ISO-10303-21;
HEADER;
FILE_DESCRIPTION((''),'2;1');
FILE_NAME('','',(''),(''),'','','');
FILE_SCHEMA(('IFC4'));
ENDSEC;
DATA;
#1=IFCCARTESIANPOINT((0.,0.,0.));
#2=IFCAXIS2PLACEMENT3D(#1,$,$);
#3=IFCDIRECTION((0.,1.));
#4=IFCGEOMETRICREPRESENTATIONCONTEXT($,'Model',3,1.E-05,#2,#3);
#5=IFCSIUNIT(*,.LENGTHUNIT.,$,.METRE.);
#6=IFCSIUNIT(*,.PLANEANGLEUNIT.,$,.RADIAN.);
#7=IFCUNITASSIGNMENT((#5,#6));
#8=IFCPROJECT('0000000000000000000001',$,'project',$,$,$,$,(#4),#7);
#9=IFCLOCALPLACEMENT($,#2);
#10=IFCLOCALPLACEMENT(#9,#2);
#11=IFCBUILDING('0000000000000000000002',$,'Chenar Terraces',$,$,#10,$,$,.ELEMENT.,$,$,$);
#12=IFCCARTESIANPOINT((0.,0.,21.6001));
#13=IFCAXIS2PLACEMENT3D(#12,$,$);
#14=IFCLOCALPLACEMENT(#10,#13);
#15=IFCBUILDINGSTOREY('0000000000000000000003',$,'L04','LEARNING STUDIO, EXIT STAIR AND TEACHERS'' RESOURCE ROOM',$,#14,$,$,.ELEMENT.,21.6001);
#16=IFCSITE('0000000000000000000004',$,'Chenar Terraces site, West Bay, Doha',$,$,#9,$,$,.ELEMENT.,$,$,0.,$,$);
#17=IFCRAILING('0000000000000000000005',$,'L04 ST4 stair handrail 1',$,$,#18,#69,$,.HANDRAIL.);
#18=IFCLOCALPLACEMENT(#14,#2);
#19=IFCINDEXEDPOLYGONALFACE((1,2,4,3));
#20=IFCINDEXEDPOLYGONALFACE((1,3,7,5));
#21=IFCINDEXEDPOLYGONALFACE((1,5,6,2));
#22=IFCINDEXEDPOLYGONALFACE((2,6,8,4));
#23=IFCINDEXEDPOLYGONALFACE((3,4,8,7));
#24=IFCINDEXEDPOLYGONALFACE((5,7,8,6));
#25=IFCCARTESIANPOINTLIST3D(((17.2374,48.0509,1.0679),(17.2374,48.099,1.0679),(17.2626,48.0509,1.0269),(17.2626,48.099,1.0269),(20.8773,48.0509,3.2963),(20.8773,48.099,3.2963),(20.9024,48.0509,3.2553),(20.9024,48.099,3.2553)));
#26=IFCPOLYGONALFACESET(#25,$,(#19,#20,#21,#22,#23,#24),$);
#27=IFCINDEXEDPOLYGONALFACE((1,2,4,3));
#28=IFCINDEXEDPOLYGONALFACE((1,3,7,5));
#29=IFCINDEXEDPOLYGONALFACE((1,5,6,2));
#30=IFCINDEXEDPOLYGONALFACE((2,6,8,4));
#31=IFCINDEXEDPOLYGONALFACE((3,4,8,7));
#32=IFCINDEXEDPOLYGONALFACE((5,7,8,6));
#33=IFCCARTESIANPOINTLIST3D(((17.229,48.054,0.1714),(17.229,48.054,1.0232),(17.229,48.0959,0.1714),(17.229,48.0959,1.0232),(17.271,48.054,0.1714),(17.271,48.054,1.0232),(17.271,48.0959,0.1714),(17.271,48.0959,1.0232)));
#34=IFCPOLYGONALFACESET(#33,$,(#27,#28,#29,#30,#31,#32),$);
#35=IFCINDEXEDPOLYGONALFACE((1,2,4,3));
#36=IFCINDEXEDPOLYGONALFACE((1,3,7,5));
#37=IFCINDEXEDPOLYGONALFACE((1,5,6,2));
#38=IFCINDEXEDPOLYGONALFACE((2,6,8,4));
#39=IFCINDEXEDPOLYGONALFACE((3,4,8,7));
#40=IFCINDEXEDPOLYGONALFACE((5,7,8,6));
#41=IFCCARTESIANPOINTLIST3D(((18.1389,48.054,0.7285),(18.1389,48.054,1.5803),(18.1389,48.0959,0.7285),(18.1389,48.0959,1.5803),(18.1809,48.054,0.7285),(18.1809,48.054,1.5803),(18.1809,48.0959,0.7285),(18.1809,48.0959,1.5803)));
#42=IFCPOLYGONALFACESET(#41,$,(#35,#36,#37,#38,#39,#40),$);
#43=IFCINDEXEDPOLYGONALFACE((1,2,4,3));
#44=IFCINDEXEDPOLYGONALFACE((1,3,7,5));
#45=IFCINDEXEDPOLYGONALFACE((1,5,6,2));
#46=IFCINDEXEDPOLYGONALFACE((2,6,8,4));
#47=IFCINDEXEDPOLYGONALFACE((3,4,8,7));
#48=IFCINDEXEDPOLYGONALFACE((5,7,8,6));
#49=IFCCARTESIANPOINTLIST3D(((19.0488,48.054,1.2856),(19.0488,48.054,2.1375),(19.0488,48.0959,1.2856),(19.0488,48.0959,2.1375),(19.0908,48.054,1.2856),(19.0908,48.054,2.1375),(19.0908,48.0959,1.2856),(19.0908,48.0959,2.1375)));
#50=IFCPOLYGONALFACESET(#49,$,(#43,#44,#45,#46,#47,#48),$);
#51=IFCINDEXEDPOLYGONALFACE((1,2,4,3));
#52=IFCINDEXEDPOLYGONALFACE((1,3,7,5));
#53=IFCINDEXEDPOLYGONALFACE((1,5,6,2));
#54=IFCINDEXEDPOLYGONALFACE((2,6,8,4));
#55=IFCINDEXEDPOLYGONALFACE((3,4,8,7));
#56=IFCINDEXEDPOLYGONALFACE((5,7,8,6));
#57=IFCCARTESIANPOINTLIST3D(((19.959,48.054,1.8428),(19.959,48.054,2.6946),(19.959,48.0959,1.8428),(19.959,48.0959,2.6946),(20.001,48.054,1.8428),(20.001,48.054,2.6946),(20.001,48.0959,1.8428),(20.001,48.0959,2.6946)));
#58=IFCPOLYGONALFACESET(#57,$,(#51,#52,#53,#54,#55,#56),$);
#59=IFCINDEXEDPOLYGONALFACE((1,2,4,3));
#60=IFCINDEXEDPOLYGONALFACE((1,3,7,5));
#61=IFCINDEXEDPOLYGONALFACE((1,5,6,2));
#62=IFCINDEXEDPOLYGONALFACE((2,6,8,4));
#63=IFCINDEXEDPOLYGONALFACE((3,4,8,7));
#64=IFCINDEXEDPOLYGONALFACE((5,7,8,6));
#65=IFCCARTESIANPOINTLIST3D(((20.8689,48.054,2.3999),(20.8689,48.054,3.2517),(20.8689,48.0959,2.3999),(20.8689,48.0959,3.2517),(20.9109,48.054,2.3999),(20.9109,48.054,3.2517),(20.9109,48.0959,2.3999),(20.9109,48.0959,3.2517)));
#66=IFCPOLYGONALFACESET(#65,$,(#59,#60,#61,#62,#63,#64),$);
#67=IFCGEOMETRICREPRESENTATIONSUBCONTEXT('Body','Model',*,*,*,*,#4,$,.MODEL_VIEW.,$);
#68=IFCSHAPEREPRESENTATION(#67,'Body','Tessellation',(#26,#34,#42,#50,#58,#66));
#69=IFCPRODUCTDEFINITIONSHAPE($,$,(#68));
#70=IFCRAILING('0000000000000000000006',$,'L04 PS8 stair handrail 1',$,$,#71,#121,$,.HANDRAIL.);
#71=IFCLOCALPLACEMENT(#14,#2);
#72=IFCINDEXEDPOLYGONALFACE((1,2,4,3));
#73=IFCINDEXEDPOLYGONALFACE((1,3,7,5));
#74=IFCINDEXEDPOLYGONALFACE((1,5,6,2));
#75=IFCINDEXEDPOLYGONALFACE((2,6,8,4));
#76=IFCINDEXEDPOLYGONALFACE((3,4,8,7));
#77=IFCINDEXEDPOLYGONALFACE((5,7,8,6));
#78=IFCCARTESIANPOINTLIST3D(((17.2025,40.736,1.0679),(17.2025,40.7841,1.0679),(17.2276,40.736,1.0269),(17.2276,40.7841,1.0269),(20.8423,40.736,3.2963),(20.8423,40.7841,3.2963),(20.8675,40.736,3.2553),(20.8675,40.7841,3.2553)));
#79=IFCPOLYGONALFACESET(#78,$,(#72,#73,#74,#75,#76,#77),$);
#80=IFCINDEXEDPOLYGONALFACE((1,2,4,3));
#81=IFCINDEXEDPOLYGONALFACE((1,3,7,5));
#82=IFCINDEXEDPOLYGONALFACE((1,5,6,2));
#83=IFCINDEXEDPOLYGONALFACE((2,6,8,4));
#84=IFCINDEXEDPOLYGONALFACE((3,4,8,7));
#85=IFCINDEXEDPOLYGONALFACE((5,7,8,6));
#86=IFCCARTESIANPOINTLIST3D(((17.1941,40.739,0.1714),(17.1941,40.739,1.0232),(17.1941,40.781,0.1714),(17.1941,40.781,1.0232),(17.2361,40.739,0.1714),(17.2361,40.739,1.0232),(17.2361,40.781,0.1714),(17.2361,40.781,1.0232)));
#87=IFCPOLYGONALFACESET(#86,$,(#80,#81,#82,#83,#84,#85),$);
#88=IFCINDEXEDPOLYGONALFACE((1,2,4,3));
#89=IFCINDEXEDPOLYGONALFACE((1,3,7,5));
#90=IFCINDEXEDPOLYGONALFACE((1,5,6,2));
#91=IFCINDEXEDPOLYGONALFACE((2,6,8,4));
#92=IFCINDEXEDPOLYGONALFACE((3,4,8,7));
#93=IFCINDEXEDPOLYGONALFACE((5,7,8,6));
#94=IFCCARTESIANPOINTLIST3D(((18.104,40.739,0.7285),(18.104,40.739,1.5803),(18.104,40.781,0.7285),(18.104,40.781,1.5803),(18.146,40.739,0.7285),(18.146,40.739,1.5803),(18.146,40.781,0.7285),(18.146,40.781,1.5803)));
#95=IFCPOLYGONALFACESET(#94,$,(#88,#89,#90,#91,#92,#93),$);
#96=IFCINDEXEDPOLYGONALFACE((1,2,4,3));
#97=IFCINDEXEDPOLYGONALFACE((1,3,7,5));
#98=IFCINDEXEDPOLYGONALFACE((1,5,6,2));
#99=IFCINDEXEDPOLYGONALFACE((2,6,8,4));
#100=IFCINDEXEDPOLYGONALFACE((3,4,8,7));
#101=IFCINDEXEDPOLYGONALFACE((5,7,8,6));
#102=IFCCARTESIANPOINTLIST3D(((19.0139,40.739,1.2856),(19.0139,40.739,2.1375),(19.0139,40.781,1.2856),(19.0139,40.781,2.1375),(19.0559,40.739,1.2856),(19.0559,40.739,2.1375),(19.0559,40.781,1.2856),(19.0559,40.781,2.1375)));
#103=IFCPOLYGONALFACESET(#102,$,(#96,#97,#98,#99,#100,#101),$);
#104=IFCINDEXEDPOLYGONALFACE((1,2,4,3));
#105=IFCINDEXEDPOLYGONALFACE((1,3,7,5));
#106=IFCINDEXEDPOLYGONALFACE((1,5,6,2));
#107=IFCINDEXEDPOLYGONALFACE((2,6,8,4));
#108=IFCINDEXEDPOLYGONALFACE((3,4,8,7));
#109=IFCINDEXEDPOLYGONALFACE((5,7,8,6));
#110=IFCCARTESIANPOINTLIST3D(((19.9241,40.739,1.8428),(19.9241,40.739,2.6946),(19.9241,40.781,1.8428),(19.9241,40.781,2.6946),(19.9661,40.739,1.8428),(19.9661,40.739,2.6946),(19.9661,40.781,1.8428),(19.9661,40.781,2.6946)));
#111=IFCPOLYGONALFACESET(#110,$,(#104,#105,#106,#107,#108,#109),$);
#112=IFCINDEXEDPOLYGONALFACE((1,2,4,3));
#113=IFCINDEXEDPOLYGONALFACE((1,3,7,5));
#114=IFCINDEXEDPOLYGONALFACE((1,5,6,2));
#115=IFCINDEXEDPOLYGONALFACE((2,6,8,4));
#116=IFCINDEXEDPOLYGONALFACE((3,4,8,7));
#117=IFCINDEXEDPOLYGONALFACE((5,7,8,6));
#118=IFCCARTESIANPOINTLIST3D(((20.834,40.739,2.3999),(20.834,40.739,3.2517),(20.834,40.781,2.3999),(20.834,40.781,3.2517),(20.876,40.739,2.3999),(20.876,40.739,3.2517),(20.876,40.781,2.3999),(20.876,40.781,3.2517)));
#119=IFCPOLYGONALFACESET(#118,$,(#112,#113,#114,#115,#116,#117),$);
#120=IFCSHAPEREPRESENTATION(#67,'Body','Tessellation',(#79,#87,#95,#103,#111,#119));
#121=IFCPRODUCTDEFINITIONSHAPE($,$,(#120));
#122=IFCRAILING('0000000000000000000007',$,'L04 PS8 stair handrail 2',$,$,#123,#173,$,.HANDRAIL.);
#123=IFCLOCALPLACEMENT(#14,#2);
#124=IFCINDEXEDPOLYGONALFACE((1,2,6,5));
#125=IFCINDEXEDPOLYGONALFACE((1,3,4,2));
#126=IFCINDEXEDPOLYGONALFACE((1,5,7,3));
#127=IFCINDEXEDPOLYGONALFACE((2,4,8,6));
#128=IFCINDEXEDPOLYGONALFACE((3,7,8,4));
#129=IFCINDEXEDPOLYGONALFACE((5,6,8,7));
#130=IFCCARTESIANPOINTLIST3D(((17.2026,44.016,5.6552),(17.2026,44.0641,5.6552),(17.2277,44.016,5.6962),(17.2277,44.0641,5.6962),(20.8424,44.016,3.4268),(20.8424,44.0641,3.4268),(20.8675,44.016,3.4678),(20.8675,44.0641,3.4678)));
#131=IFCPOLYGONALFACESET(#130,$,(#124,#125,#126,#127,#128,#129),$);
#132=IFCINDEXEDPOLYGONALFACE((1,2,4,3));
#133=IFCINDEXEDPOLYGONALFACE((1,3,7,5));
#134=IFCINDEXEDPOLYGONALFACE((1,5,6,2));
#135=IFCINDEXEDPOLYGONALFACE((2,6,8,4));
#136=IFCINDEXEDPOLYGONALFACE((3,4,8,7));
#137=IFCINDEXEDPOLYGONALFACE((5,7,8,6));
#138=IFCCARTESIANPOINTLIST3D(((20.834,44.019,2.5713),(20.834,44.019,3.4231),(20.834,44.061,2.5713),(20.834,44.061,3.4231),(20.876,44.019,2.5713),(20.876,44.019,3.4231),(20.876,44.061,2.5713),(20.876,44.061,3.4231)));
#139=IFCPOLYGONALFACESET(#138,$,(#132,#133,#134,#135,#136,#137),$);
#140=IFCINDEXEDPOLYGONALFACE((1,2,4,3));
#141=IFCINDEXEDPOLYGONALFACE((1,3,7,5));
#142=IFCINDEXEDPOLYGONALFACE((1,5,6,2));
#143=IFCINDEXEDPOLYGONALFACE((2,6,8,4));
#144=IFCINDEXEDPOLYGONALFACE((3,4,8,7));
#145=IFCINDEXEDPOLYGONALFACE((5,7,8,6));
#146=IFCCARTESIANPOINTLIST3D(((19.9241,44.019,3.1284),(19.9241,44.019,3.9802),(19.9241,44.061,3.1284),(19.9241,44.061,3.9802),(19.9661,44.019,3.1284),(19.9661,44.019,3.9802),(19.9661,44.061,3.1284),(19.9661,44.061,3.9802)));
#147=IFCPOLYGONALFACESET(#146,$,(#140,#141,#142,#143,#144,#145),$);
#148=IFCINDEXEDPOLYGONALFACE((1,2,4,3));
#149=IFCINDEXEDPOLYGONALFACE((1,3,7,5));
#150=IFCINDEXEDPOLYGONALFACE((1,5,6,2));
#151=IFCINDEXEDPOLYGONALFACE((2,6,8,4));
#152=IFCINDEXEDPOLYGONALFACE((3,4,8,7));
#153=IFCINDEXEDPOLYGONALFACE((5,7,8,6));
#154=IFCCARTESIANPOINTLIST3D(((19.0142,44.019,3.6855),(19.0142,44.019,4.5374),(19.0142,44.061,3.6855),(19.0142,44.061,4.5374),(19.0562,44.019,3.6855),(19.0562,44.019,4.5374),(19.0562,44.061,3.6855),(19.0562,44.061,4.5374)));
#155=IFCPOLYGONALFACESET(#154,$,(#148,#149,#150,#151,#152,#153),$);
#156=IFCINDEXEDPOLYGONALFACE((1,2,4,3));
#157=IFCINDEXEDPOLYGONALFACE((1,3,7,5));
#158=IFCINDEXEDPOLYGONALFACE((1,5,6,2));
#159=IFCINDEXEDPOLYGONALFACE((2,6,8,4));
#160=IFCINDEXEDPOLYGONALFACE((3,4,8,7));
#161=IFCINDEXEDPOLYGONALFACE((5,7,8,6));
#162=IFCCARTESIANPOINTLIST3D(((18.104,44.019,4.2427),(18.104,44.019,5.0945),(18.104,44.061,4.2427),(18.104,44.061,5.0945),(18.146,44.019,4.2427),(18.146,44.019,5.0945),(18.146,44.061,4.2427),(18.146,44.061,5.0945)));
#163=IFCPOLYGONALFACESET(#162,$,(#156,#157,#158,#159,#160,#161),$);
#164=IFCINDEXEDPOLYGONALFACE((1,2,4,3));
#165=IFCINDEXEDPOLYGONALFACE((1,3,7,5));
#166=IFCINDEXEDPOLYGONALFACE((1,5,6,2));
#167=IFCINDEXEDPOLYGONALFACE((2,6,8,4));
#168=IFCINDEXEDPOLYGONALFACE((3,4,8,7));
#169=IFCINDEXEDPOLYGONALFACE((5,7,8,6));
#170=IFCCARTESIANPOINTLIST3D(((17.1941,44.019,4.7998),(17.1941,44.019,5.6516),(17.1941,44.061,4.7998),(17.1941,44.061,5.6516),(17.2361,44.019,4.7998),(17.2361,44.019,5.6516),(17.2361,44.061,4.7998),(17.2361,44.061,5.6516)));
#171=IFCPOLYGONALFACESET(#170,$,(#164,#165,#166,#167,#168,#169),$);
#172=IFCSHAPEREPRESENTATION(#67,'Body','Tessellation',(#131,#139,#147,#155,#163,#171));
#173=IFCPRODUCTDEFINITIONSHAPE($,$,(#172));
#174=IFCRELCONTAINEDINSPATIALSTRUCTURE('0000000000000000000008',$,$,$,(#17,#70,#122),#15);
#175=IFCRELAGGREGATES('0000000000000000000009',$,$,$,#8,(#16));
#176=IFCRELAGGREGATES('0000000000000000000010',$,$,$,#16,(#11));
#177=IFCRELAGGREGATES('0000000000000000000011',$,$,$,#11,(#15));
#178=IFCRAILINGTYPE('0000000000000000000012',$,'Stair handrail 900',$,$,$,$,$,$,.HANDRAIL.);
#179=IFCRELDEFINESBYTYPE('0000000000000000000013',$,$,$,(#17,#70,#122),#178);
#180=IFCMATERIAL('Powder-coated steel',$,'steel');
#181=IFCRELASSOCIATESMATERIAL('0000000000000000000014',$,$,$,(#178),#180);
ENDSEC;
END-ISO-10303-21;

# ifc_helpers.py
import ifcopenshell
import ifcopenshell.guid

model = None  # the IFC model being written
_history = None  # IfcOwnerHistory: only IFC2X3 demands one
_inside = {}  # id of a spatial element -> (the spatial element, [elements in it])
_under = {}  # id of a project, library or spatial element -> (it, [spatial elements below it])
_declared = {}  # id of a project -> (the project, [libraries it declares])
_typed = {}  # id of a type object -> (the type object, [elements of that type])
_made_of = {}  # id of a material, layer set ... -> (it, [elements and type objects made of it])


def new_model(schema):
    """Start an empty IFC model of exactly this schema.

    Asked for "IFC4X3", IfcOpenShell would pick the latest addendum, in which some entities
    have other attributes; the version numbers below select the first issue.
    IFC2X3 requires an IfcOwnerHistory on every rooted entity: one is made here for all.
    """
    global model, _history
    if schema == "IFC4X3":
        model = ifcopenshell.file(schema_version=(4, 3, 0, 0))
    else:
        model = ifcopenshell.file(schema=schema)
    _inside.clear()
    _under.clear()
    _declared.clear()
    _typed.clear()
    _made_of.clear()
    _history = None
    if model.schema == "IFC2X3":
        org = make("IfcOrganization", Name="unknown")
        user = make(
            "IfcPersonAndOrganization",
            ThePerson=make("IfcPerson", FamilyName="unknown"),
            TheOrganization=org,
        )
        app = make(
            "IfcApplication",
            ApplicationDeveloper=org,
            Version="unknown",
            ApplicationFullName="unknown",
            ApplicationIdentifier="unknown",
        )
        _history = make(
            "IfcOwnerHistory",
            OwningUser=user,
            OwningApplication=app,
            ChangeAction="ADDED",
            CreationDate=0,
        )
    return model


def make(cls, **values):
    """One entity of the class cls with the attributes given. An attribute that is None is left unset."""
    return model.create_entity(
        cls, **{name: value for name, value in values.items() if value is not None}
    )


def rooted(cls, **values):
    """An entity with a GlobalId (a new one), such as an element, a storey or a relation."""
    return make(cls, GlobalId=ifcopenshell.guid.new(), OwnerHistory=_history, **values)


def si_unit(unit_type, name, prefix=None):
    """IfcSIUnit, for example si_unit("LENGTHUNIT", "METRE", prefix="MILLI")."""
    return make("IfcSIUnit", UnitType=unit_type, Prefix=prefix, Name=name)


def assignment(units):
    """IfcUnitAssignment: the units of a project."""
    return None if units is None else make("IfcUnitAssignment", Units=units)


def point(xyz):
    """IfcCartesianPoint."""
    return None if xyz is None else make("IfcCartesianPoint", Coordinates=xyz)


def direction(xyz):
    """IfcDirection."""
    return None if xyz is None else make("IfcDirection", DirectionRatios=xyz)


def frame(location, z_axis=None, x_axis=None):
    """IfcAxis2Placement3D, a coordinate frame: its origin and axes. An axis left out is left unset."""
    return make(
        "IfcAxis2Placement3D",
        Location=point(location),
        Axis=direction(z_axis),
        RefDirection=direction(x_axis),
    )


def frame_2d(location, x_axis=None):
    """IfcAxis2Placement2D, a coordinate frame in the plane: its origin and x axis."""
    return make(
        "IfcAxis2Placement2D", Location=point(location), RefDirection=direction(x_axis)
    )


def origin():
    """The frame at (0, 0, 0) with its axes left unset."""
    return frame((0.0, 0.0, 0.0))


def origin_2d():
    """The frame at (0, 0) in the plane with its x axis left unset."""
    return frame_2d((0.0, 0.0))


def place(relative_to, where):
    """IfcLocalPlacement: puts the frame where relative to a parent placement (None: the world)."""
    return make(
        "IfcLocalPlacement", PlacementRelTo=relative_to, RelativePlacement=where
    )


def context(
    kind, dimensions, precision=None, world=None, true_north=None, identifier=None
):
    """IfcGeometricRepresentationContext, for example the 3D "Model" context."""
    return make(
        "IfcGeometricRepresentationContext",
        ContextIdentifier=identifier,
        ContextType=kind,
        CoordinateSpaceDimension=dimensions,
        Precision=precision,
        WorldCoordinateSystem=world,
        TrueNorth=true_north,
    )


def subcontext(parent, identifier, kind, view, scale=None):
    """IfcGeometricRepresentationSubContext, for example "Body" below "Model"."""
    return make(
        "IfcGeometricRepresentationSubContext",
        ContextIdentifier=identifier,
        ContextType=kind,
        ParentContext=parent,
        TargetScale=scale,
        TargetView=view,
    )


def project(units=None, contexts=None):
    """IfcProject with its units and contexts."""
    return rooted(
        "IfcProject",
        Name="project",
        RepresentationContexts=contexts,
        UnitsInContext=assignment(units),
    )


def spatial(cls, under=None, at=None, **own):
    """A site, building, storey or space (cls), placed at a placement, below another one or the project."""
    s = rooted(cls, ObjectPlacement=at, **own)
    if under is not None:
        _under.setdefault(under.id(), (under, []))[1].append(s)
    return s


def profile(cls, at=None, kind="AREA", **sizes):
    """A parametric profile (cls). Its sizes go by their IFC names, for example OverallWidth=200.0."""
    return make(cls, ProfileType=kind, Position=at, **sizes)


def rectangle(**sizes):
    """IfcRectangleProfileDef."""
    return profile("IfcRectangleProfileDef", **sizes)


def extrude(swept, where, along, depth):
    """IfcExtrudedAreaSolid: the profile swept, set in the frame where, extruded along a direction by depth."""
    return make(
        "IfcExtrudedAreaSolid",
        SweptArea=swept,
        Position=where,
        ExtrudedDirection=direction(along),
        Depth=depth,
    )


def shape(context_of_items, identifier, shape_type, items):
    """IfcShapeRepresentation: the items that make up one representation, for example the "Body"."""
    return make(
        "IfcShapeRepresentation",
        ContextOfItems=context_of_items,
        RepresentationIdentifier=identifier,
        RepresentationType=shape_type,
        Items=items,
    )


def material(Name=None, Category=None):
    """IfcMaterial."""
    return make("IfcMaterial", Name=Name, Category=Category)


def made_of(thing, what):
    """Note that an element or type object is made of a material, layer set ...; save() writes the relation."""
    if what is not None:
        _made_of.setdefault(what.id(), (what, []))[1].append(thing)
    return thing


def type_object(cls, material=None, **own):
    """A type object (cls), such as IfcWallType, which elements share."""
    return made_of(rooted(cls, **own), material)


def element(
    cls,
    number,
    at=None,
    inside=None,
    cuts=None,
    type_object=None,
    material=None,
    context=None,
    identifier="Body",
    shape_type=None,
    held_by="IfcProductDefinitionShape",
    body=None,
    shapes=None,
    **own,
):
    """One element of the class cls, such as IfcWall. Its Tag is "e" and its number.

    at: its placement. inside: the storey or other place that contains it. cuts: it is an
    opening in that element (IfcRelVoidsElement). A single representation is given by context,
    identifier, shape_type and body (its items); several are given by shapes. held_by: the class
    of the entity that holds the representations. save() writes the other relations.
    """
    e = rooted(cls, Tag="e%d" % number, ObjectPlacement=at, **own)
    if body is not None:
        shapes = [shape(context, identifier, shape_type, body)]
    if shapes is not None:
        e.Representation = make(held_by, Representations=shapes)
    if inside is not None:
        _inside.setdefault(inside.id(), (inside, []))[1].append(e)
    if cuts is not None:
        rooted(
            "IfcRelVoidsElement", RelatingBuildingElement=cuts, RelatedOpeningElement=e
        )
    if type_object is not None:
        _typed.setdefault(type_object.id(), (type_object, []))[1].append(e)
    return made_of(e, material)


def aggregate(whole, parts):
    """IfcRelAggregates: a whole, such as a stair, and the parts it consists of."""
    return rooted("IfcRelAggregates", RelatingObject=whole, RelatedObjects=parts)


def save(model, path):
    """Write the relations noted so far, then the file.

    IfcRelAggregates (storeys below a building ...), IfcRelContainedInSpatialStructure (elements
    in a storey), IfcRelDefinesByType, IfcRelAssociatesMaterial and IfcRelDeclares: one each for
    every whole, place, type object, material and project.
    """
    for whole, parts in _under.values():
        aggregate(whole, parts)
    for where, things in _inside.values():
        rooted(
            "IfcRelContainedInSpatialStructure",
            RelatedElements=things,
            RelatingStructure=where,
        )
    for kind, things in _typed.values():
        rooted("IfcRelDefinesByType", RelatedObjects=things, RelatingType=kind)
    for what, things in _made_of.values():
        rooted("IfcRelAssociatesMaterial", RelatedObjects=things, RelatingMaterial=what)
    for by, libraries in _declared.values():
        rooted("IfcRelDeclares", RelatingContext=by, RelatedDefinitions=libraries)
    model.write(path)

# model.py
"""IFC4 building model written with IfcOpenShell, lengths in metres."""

from ifc_helpers import new_model, si_unit, direction, frame, origin, origin_2d, place, context, subcontext, project, spatial, rectangle, extrude, material, type_object, element, save


model = new_model("IFC4")

# Units and contexts
model_context = context("Model", 3, precision=1e-05, world=origin(), true_north=direction((0.0, 1.0)))
body_context = subcontext(model_context, "Body", "Model", "MODEL_VIEW")
ifc_project = project(units=[si_unit("LENGTHUNIT", "METRE"), si_unit("PLANEANGLEUNIT", "RADIAN")], contexts=[model_context])

# Site, building, storey
site_placement = place(None, origin())
site = spatial("IfcSite", under=ifc_project, at=site_placement, Name="Chenar Terraces site, West Bay, Doha", CompositionType="ELEMENT", RefElevation=0.0)
building_placement = place(site_placement, origin())
building = spatial("IfcBuilding", under=site, at=building_placement, Name="Chenar Terraces", CompositionType="ELEMENT")
storey_placement = place(building_placement, frame((0.0, 0.0, 21.6001)))
storey = spatial("IfcBuildingStorey", under=building, at=storey_placement, Name="L04", Description="LEARNING STUDIO, EXIT STAIR AND TEACHERS' RESOURCE ROOM", CompositionType="ELEMENT", Elevation=21.6001)

# Railings
ifc_material_1 = material(Name="Powder-coated steel", Category="steel")
railing_type_1 = type_object("IfcRailingType", Name="Stair handrail 900", PredefinedType="HANDRAIL", material=ifc_material_1)
for number, where, name in (
    (1, (17.25, 48.075, 0.1714), "L04 ST4 stair handrail 1"),
    (2, (17.2151, 40.76, 0.1714), "L04 PS8 stair handrail 1"),
):
    element("IfcRailing", number, at=place(storey_placement, frame(where)), inside=storey, type_object=railing_type_1, Name=name, PredefinedType="HANDRAIL", context=body_context, shape_type="SweptSolid", body=[
        extrude(rectangle(XDim=0.0481, YDim=0.0481, at=origin_2d()), frame((0.0, 0.0, 0.876), z_axis=(0.85285, 0.0, 0.522156), x_axis=(0.0, 1.0, 0.0)), (0.0, 0.0, 1.0), 4.2678),
        extrude(rectangle(XDim=0.042, YDim=0.042, at=origin_2d()), origin(), (0.0, 0.0, 1.0), 0.8518),
        extrude(rectangle(XDim=0.042, YDim=0.042, at=origin_2d()), frame((0.9099, 0.0, 0.5571)), (0.0, 0.0, 1.0), 0.8518),
        extrude(rectangle(XDim=0.042, YDim=0.042, at=origin_2d()), frame((1.8198, 0.0, 1.1143)), (0.0, 0.0, 1.0), 0.8518),
        extrude(rectangle(XDim=0.042, YDim=0.042, at=origin_2d()), frame((2.73, 0.0, 1.6714)), (0.0, 0.0, 1.0), 0.8518),
        extrude(rectangle(XDim=0.042, YDim=0.042, at=origin_2d()), frame((3.6399, 0.0, 2.2285)), (0.0, 0.0, 1.0), 0.8518),
    ])
railing_1_placement = place(storey_placement, frame((20.855, 44.04, 2.5713)))
element("IfcRailing", 3, at=railing_1_placement, inside=storey, type_object=railing_type_1, Name="L04 PS8 stair handrail 2", PredefinedType="HANDRAIL", context=body_context, shape_type="SweptSolid", body=[
    extrude(rectangle(XDim=0.0481, YDim=0.0481, at=origin_2d()), frame((0.0, 0.0, 0.876), z_axis=(-0.85285, 0.0, 0.522156), x_axis=(0.0, -1.0, 0.0)), (0.0, 0.0, 1.0), 4.2678),
    extrude(rectangle(XDim=0.042, YDim=0.042, at=origin_2d()), origin(), (0.0, 0.0, 1.0), 0.8518),
    extrude(rectangle(XDim=0.042, YDim=0.042, at=origin_2d()), frame((-0.9099, 0.0, 0.5571)), (0.0, 0.0, 1.0), 0.8518),
    extrude(rectangle(XDim=0.042, YDim=0.042, at=origin_2d()), frame((-1.8198, 0.0, 1.1143)), (0.0, 0.0, 1.0), 0.8518),
    extrude(rectangle(XDim=0.042, YDim=0.042, at=origin_2d()), frame((-2.73, 0.0, 1.6714)), (0.0, 0.0, 1.0), 0.8518),
    extrude(rectangle(XDim=0.042, YDim=0.042, at=origin_2d()), frame((-3.6399, 0.0, 2.2285)), (0.0, 0.0, 1.0), 0.8518),
])

save(model, "model.ifc")
